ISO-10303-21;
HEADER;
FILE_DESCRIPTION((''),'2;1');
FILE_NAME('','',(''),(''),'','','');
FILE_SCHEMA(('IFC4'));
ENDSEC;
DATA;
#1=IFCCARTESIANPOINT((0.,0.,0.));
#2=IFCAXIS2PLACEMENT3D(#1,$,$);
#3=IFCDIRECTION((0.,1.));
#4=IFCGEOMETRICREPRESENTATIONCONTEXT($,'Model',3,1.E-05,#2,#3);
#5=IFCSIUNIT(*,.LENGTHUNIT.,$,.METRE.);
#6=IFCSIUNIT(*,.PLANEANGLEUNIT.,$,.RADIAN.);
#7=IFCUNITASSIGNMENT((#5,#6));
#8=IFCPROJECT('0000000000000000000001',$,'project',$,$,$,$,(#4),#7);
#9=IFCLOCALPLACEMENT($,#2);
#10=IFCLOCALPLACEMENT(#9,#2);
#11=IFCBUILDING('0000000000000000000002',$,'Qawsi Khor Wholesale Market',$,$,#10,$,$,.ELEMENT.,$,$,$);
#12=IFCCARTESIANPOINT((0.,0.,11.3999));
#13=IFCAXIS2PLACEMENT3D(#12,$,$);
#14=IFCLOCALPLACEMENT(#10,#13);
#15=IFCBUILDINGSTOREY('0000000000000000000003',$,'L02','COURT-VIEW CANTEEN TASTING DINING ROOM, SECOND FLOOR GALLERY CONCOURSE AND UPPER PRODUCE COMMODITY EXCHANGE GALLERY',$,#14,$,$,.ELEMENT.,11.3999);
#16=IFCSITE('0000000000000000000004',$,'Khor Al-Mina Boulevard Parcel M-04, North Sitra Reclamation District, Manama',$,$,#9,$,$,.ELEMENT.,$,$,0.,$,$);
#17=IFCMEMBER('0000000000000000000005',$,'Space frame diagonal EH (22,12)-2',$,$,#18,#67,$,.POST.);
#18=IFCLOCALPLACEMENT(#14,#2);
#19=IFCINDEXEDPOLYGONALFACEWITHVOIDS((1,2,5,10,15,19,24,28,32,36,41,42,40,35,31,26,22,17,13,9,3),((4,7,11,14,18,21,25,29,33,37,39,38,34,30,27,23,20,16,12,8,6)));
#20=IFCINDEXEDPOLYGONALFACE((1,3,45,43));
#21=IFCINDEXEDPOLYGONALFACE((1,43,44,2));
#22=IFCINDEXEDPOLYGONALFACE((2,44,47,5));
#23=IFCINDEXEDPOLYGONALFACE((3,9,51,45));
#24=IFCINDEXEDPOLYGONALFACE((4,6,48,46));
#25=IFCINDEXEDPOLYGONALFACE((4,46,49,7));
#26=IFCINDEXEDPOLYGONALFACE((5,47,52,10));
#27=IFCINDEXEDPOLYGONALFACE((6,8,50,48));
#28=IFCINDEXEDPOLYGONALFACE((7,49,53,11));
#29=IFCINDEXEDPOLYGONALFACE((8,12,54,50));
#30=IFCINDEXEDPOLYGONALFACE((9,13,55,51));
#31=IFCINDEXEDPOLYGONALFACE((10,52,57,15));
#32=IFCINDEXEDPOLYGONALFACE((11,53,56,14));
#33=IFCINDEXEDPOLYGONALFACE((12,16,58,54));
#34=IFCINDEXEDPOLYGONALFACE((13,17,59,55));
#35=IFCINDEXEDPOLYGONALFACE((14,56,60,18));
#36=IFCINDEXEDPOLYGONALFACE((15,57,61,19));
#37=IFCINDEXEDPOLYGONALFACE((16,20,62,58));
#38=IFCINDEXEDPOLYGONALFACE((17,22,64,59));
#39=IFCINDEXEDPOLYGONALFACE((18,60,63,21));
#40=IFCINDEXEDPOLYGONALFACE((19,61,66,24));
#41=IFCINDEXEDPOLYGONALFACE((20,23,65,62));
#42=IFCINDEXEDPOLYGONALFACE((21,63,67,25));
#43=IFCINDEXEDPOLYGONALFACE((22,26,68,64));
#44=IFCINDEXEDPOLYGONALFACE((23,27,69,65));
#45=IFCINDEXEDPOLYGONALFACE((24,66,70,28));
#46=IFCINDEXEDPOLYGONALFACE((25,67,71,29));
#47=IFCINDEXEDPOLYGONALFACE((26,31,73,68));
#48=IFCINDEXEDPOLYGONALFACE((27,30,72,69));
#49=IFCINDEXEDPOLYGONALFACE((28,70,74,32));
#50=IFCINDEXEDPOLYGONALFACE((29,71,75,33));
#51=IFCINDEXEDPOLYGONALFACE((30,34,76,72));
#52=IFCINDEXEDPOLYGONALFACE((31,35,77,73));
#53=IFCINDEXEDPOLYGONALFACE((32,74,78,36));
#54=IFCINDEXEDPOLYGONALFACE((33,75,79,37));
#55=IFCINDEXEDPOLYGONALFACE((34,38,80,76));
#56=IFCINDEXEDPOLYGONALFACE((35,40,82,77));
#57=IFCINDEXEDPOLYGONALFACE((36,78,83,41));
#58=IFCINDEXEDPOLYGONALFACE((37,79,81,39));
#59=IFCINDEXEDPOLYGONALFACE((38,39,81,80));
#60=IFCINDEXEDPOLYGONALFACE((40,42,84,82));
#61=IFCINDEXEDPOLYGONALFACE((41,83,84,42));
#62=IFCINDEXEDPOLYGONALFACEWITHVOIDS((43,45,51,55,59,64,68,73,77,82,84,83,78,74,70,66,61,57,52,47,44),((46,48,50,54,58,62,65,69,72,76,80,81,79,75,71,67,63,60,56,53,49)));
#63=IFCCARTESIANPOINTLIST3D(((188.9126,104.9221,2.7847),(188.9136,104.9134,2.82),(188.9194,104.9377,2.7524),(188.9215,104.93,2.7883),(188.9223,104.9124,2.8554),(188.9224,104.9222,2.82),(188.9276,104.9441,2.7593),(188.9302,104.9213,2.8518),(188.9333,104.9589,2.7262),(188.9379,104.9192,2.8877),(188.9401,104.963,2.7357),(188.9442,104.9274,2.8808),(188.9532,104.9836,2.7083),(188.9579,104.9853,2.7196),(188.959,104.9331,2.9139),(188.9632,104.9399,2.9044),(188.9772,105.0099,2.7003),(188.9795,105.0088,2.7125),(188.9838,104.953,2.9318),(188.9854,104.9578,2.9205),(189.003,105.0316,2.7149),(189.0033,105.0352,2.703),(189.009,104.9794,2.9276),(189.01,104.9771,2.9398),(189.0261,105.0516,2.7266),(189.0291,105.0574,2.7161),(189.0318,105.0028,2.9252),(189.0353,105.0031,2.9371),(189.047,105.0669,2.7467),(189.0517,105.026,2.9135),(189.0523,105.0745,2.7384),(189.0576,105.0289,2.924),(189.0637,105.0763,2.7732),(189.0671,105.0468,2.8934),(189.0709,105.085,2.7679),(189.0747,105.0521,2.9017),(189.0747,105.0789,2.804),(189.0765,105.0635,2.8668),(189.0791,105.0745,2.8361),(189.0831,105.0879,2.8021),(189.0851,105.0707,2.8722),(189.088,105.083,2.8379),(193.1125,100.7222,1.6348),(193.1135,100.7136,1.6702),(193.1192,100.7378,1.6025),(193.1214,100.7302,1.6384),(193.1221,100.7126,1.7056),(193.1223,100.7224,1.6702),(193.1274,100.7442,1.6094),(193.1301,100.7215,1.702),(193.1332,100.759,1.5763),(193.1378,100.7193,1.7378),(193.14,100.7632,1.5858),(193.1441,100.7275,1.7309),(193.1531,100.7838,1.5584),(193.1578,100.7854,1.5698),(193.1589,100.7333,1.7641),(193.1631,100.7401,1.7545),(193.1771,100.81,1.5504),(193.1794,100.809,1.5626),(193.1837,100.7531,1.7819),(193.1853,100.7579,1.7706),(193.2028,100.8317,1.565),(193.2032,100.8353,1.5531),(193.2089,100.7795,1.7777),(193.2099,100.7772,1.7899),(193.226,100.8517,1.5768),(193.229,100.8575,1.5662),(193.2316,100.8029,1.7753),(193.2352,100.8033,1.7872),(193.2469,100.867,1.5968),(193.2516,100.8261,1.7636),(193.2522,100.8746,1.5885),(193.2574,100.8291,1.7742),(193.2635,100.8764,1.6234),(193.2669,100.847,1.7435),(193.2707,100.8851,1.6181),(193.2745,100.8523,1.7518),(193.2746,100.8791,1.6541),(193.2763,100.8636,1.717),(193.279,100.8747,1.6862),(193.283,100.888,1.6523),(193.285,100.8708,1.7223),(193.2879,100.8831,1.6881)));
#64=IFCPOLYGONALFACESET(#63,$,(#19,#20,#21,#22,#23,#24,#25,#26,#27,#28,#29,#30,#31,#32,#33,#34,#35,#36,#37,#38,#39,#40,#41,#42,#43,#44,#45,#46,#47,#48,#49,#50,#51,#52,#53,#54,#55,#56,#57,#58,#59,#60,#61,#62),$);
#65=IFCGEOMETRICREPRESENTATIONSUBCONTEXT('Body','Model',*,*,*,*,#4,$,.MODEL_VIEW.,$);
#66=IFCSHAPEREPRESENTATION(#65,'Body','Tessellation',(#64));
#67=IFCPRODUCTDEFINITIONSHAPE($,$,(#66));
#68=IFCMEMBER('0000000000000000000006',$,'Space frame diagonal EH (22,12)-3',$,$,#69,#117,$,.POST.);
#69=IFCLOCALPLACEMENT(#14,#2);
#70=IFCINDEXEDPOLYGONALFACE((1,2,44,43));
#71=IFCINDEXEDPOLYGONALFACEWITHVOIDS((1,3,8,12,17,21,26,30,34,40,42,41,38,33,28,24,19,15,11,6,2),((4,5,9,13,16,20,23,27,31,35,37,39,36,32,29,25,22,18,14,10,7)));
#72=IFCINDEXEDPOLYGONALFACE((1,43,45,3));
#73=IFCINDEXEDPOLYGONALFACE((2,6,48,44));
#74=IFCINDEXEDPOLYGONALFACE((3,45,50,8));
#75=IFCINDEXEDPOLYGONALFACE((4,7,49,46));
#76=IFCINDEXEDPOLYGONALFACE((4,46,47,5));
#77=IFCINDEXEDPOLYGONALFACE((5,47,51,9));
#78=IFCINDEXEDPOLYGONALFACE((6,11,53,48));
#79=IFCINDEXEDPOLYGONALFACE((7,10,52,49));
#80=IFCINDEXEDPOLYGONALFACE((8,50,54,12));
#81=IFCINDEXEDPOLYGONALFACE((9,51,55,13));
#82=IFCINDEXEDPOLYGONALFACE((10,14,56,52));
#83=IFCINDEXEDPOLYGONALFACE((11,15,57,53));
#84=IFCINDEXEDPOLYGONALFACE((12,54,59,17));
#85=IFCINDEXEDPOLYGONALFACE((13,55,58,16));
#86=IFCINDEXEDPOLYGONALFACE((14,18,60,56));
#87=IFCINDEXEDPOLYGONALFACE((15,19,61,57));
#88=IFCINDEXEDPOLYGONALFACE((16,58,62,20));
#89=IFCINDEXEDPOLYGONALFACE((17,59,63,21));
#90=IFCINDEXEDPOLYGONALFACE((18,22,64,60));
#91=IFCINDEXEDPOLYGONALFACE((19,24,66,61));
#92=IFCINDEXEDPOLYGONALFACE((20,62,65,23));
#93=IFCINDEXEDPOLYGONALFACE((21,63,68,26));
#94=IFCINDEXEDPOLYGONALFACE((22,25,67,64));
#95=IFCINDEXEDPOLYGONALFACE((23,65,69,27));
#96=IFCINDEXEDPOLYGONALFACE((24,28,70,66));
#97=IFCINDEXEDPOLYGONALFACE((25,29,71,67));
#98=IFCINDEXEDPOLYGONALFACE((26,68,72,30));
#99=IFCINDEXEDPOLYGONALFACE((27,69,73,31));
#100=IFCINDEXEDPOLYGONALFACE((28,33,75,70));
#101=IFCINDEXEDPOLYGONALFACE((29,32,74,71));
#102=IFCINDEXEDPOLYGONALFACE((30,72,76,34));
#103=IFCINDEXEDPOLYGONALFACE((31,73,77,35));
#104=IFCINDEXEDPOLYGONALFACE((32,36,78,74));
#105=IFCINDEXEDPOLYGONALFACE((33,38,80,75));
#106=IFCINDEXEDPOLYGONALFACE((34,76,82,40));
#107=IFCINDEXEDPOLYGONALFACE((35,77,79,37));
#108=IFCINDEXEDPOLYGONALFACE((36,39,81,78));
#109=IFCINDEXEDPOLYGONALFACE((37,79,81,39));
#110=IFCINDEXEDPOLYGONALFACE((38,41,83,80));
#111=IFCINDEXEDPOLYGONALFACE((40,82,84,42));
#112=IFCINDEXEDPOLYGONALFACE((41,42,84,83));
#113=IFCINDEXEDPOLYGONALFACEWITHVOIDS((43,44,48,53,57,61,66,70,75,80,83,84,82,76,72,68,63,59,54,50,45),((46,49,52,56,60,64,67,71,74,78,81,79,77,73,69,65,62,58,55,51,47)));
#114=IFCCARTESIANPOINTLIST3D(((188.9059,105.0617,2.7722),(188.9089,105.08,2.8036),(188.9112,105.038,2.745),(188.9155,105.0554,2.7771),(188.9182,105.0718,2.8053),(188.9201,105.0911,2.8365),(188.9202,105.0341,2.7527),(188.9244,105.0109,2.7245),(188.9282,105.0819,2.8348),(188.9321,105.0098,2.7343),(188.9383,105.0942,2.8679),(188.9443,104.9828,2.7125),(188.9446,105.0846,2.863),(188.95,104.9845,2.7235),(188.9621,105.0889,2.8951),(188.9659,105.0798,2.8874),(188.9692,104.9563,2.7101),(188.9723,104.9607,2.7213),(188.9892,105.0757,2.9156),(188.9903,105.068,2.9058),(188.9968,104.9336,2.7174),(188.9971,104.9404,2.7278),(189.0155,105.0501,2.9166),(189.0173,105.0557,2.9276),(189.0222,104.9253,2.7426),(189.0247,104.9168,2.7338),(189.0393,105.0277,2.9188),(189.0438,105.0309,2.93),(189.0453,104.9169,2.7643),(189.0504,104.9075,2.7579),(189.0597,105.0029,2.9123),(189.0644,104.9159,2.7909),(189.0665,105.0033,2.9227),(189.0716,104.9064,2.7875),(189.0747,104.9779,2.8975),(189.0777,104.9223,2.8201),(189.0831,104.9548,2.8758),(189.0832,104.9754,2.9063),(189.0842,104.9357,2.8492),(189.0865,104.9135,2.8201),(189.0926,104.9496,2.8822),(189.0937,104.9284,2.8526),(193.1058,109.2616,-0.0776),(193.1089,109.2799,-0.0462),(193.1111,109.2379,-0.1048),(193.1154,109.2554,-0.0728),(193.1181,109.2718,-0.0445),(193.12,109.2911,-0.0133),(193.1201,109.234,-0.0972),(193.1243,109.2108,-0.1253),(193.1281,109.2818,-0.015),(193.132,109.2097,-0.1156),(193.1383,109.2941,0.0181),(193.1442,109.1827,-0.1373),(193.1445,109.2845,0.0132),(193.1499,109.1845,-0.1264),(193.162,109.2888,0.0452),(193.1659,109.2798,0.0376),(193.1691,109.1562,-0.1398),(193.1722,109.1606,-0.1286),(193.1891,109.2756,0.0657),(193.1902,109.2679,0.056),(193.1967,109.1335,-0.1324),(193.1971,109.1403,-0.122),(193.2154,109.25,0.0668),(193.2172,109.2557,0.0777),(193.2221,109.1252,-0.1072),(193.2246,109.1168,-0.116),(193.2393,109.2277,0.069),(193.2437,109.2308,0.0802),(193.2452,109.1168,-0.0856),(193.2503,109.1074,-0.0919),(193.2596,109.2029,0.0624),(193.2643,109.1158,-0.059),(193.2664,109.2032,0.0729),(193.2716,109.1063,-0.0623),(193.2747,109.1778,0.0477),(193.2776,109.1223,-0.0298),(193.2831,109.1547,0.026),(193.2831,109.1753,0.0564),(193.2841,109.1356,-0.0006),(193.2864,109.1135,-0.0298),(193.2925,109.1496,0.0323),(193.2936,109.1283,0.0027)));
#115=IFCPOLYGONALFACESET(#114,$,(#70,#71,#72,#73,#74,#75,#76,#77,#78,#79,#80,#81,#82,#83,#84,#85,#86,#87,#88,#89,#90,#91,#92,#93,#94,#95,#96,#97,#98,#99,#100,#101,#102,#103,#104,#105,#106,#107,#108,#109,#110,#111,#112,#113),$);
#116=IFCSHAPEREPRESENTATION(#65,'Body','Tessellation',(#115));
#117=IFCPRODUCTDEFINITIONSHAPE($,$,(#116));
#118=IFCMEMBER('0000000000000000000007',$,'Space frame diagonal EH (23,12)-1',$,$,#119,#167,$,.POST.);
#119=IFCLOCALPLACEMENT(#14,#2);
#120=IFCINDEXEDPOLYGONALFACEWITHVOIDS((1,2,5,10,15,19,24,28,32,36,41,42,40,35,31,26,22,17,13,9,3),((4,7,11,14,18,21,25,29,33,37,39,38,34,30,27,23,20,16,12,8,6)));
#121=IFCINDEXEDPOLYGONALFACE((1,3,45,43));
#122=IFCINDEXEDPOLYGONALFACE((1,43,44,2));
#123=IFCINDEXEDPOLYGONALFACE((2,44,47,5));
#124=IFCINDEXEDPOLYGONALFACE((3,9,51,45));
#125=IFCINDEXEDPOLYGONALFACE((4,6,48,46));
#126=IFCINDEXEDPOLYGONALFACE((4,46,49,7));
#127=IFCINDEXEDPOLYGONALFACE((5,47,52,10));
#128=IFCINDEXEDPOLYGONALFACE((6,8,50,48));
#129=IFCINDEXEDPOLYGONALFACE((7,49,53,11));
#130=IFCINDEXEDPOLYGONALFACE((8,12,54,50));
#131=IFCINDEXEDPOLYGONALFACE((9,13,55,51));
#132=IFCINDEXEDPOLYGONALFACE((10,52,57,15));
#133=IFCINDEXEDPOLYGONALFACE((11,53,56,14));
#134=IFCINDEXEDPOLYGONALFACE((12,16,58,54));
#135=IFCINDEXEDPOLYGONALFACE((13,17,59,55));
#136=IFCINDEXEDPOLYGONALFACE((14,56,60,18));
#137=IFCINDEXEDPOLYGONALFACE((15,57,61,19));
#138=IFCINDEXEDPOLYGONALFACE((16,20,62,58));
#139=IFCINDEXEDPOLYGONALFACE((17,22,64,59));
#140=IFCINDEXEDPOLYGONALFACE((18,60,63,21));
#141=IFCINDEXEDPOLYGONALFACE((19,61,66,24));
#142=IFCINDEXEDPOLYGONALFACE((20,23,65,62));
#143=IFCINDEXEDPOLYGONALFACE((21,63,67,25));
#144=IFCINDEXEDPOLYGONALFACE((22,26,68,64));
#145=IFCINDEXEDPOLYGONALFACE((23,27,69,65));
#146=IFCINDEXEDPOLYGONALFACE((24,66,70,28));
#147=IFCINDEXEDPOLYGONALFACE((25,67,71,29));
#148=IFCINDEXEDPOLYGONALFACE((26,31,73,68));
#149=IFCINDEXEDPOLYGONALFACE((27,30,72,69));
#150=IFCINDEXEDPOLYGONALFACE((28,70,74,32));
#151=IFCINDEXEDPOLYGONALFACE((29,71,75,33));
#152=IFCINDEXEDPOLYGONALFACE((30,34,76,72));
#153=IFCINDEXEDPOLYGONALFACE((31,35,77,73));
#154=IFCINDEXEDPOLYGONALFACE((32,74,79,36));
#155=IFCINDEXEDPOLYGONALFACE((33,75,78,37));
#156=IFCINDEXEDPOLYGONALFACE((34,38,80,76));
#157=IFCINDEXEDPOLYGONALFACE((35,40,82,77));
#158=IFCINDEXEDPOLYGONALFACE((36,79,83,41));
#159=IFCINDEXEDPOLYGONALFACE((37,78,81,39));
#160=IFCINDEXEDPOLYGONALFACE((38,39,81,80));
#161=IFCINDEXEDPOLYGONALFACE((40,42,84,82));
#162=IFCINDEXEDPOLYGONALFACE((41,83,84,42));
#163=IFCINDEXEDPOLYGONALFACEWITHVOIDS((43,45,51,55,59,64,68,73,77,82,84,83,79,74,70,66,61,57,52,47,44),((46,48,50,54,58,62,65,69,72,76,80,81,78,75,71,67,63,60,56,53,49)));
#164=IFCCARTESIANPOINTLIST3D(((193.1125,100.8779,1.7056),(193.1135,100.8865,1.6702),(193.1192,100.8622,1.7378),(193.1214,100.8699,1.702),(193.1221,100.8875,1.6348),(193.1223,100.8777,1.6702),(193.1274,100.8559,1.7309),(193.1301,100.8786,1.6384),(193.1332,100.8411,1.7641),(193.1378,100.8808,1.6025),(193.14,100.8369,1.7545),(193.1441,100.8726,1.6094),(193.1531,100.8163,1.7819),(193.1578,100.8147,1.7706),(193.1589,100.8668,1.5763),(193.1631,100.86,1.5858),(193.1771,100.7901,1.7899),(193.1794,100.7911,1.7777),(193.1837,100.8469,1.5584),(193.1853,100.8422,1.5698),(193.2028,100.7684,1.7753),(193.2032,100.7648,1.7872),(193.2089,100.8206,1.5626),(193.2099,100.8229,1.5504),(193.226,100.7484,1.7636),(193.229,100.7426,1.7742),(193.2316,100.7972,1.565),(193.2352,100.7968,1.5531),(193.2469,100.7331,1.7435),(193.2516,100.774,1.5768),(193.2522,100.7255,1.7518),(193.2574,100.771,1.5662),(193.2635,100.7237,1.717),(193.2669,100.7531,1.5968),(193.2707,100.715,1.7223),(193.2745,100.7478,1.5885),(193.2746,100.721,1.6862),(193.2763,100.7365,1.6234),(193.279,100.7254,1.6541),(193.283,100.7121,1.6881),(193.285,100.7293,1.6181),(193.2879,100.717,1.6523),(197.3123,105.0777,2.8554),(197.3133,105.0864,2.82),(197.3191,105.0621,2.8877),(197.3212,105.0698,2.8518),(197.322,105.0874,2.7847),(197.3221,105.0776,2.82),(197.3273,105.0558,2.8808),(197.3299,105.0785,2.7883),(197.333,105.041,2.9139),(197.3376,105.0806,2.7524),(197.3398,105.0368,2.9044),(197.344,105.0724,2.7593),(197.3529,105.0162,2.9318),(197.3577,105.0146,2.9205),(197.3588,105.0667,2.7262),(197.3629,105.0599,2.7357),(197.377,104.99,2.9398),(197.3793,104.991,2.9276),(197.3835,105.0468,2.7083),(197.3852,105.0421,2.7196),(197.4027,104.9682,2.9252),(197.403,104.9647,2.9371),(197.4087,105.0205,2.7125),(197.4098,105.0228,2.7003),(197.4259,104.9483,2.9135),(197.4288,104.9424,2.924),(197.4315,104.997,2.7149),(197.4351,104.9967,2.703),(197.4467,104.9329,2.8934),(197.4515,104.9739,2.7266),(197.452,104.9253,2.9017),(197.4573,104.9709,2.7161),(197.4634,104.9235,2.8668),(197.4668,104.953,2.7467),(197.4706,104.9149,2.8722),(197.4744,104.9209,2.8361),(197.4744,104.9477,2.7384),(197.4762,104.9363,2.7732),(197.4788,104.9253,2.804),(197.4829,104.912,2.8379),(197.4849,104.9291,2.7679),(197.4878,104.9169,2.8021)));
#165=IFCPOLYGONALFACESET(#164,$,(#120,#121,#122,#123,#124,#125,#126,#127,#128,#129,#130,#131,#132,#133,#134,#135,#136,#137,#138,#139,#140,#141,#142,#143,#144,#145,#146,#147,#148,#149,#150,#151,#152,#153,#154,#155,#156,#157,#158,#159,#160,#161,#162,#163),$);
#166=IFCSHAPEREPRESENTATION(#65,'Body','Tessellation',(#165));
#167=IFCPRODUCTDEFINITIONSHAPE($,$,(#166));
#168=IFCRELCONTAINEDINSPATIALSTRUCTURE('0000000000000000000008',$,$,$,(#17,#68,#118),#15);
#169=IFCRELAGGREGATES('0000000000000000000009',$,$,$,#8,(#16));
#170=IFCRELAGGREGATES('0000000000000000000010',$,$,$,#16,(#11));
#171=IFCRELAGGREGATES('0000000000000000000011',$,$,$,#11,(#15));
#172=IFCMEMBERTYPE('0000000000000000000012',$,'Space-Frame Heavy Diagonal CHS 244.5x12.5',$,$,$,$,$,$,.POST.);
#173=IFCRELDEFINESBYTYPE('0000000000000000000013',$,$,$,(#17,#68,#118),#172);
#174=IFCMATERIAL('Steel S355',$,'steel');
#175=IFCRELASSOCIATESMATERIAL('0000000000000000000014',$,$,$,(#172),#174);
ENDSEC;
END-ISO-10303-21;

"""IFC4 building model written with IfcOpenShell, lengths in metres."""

from ifc_helpers import new_model, si_unit, direction, frame, origin, origin_2d, place, context, subcontext, project, spatial, hollow_circle, extrude, material, material_profile, profile_set, type_object, element, save


model = new_model("IFC4")

# Units and contexts
model_context = context("Model", 3, precision=1e-05, world=origin(), true_north=direction((0.0, 1.0)))
body_context = subcontext(model_context, "Body", "Model", "MODEL_VIEW")
ifc_project = project(units=[si_unit("LENGTHUNIT", "METRE"), si_unit("PLANEANGLEUNIT", "RADIAN")], contexts=[model_context])

# Site, building, storey
site_placement = place(None, origin())
site = spatial("IfcSite", under=ifc_project, at=site_placement, Name="Khor Al-Mina Boulevard Parcel M-04, North Sitra Reclamation District, Manama", CompositionType="ELEMENT", RefElevation=0.0)
building_placement = place(site_placement, origin())
building = spatial("IfcBuilding", under=site, at=building_placement, Name="Qawsi Khor Wholesale Market", CompositionType="ELEMENT")
storey_placement = place(building_placement, frame((0.0, 0.0, 11.3999)))
storey = spatial("IfcBuildingStorey", under=building, at=storey_placement, Name="L02", Description="COURT-VIEW CANTEEN TASTING DINING ROOM, SECOND FLOOR GALLERY CONCOURSE AND UPPER PRODUCE COMMODITY EXCHANGE GALLERY", CompositionType="ELEMENT", Elevation=11.3999)

# Members
ifc_material_1 = material(Name="Steel S355", Category="steel")
ifc_material_profile_1 = material_profile(ifc_material_1, hollow_circle(Radius=0.1223, WallThickness=0.0125, at=origin_2d()), Name="CHS 244.5x12.5")
ifc_profile_set_1 = profile_set([ifc_material_profile_1], Name="Steel S355")
member_type_1 = type_object("IfcMemberType", Name="Space-Frame Heavy Diagonal CHS 244.5x12.5", PredefinedType="POST", material=ifc_profile_set_1)
member_1_placement = place(storey_placement, frame((193.2, 100.8, 1.6702), z_axis=(-0.694217, 0.694217, 0.190069), x_axis=(-0.707107, -0.707107, 0.0)))
element("IfcMember", 1, at=member_1_placement, inside=storey, type_object=member_type_1, Name="Space frame diagonal EH (22,12)-2", PredefinedType="POST", context=body_context, shape_type="SweptSolid", body=[
    extrude(hollow_circle(Radius=0.1223, WallThickness=0.0125, at=origin_2d()), origin(), (0.0, 0.0, 1.0), 6.0498),
])
member_2_placement = place(storey_placement, frame((193.2, 109.2, -0.0298), z_axis=(-0.637522, -0.637522, 0.432587), x_axis=(0.707107, -0.707107, 0.0)))
element("IfcMember", 2, at=member_2_placement, inside=storey, type_object=member_type_1, Name="Space frame diagonal EH (22,12)-3", PredefinedType="POST", context=body_context, shape_type="SweptSolid", body=[
    extrude(hollow_circle(Radius=0.1223, WallThickness=0.0125, at=origin_2d()), origin(), (0.0, 0.0, 1.0), 6.5879),
])
member_3_placement = place(storey_placement, frame((193.2, 100.8, 1.6702), z_axis=(0.694217, 0.694217, 0.190069), x_axis=(-0.707107, 0.707107, 0.0)))
element("IfcMember", 3, at=member_3_placement, inside=storey, type_object=member_type_1, Name="Space frame diagonal EH (23,12)-1", PredefinedType="POST", context=body_context, shape_type="SweptSolid", body=[
    extrude(hollow_circle(Radius=0.1223, WallThickness=0.0125, at=origin_2d()), origin(), (0.0, 0.0, 1.0), 6.0498),
])

save(model, "model.ifc")
